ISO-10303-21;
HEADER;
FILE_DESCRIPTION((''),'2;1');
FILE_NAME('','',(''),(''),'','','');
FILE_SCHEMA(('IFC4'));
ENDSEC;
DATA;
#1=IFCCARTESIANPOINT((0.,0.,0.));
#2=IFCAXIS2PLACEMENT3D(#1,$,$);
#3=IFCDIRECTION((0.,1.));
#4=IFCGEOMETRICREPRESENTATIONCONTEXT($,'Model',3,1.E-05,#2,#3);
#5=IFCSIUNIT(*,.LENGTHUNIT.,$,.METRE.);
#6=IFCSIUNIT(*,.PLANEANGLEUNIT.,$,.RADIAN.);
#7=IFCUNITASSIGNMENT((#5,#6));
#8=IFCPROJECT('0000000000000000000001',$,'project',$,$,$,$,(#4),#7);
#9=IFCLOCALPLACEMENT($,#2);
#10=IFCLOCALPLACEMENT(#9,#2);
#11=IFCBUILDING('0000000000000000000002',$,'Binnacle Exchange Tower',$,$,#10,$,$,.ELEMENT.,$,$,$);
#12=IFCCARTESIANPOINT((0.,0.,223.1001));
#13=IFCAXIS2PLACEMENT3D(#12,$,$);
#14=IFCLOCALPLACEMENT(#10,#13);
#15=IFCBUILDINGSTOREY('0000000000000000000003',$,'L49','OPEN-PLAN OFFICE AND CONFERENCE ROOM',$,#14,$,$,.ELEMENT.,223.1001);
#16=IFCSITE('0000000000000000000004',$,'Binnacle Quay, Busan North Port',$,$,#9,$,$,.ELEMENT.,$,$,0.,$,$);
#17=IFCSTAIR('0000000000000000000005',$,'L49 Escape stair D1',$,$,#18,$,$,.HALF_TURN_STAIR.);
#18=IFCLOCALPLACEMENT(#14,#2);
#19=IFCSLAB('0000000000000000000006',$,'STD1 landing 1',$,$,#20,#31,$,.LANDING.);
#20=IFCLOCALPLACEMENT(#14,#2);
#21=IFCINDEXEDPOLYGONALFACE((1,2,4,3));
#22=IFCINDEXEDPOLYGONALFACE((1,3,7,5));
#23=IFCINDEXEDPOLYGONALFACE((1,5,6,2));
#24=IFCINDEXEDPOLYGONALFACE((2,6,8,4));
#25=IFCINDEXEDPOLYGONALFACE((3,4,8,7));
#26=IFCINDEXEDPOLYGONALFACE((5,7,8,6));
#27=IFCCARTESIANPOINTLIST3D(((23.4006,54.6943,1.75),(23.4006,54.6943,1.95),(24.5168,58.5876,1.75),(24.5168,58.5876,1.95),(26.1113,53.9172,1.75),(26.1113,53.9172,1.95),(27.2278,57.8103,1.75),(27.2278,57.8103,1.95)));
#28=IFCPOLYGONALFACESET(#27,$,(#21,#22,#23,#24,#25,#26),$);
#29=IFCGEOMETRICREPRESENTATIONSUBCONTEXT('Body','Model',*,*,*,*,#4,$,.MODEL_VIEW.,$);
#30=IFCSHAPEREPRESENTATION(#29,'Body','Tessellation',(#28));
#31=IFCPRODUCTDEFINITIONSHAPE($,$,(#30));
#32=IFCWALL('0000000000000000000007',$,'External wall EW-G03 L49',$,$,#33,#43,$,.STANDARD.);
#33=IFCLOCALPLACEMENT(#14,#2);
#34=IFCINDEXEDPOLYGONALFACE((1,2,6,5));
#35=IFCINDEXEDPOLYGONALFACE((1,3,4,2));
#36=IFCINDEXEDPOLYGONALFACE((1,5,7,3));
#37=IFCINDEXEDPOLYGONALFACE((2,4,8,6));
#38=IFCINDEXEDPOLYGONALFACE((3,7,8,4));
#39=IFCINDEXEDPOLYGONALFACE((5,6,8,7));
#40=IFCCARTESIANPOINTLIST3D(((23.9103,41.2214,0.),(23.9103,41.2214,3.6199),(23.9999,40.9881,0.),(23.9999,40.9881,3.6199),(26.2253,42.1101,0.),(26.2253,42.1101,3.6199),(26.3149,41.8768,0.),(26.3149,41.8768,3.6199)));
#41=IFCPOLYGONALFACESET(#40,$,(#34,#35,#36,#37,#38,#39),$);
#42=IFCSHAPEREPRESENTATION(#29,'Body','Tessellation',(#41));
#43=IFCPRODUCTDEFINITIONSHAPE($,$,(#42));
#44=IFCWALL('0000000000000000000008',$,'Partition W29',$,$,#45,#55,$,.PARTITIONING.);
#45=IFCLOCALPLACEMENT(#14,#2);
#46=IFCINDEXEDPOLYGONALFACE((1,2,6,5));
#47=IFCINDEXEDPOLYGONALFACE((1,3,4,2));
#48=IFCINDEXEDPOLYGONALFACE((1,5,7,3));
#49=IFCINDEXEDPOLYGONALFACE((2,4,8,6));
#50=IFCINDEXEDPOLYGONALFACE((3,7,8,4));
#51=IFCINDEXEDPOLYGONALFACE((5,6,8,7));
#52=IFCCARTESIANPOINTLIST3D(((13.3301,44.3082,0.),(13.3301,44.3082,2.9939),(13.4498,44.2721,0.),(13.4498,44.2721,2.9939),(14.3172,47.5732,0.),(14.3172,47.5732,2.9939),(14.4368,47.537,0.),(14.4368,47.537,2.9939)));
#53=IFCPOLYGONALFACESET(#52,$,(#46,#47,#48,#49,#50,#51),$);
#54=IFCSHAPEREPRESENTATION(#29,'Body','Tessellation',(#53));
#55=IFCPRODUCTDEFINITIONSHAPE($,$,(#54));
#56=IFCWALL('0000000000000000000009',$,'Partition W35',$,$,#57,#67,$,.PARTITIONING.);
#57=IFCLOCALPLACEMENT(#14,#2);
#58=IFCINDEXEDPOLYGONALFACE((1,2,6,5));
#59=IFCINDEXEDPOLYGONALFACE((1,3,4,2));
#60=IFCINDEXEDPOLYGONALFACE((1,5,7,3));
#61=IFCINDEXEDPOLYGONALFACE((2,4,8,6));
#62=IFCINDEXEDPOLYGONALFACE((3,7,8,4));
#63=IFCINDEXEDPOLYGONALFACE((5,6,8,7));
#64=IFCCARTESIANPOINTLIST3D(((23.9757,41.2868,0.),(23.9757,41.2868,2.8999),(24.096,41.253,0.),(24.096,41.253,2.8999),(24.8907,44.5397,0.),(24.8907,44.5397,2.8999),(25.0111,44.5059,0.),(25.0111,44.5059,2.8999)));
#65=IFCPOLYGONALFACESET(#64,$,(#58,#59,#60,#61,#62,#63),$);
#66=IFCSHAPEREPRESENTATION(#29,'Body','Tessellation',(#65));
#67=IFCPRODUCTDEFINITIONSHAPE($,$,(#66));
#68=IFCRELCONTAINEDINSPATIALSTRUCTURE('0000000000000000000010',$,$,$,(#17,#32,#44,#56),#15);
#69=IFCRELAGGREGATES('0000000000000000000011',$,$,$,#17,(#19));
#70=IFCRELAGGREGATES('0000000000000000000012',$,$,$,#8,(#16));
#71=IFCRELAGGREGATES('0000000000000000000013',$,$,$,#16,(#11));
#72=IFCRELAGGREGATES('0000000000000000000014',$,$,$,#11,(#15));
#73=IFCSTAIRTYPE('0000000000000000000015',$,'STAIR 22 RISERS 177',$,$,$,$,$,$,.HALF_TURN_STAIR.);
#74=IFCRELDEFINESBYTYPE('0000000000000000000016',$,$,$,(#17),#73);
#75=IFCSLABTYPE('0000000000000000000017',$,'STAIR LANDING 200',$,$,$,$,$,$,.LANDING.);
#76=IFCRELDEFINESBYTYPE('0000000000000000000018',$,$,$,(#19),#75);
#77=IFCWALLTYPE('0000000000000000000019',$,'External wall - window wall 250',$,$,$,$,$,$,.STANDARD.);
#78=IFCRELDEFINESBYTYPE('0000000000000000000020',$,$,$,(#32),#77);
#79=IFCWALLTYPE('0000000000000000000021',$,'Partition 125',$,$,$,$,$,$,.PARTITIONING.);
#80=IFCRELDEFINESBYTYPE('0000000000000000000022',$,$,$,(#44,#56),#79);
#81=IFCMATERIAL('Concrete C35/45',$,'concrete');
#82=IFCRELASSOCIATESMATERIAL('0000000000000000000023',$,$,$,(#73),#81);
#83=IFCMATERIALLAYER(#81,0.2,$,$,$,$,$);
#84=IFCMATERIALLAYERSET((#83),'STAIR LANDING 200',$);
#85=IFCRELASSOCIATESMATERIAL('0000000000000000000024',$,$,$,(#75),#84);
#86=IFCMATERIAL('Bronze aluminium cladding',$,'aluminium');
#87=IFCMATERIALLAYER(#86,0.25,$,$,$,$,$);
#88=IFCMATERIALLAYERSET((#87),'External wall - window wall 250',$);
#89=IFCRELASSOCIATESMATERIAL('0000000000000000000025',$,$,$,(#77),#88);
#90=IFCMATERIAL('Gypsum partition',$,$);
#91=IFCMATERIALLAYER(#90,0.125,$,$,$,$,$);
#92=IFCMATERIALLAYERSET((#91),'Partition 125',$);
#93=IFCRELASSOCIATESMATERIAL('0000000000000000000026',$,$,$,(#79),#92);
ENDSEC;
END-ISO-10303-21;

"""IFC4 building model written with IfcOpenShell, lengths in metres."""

from ifc_helpers import new_model, si_unit, direction, frame, frame_2d, origin, place, context, subcontext, project, spatial, polyline, rectangle, outline, extrude, material, layer, layer_set, type_object, element, aggregate, save


model = new_model("IFC4")

# Units and contexts
model_context = context("Model", 3, precision=1e-05, world=origin(), true_north=direction((0.0, 1.0)))
body_context = subcontext(model_context, "Body", "Model", "MODEL_VIEW")
ifc_project = project(units=[si_unit("LENGTHUNIT", "METRE"), si_unit("PLANEANGLEUNIT", "RADIAN")], contexts=[model_context])

# Site, building, storey
site_placement = place(None, origin())
site = spatial("IfcSite", under=ifc_project, at=site_placement, Name="Binnacle Quay, Busan North Port", CompositionType="ELEMENT", RefElevation=0.0)
building_placement = place(site_placement, origin())
building = spatial("IfcBuilding", under=site, at=building_placement, Name="Binnacle Exchange Tower", CompositionType="ELEMENT")
storey_placement = place(building_placement, frame((0.0, 0.0, 223.1001)))
storey = spatial("IfcBuildingStorey", under=building, at=storey_placement, Name="L49", Description="OPEN-PLAN OFFICE AND CONFERENCE ROOM", CompositionType="ELEMENT", Elevation=223.1001)

# Stair, slab
ifc_material_1 = material(Name="Concrete C35/45", Category="concrete")
stair_type = type_object("IfcStairType", Name="STAIR 22 RISERS 177", PredefinedType="HALF_TURN_STAIR", material=ifc_material_1)
ifc_layer_1 = layer(ifc_material_1, 0.2)
ifc_layer_set_1 = layer_set([ifc_layer_1], Name="STAIR LANDING 200")
slab_type = type_object("IfcSlabType", Name="STAIR LANDING 200", PredefinedType="LANDING", material=ifc_layer_set_1)
stair_1_placement = place(storey_placement, origin())
stair_1 = element("IfcStair", 1, at=stair_1_placement, inside=storey, type_object=stair_type, Name="L49 Escape stair D1", PredefinedType="HALF_TURN_STAIR")
slab_1_placement = place(storey_placement, frame((0.0, 0.0, 1.75)))
slab_1 = element("IfcSlab", 2, at=slab_1_placement, type_object=slab_type, Name="STD1 landing 1", PredefinedType="LANDING", context=body_context, shape_type="SweptSolid", body=[
    extrude(outline(polyline([(23.4006, 54.6943), (26.1113, 53.9172), (27.2278, 57.8103), (24.5168, 58.5876), (23.4006, 54.6943)])), origin(), (0.0, 0.0, 1.0), 0.2),
])
aggregate(stair_1, [slab_1])

# Shared definitions
ifc_material_2 = material(Name="Bronze aluminium cladding", Category="aluminium")
ifc_layer_2 = layer(ifc_material_2, 0.25)
ifc_layer_set_2 = layer_set([ifc_layer_2], Name="External wall - window wall 250")
wall_type_1 = type_object("IfcWallType", Name="External wall - window wall 250", PredefinedType="STANDARD", material=ifc_layer_set_2)

# Walls
wall_1_placement = place(storey_placement, frame((26.27, 41.9934, 0.0), z_axis=(0.0, 0.0, 1.0), x_axis=(-0.933574, -0.358385, 0.0)))
element("IfcWall", 3, at=wall_1_placement, inside=storey, type_object=wall_type_1, Name="External wall EW-G03 L49", PredefinedType="STANDARD", context=body_context, shape_type="SweptSolid", body=[
    extrude(rectangle(XDim=2.4797, YDim=0.25, at=frame_2d((1.2397, 0.0))), origin(), (0.0, 0.0, 1.0), 3.6199),
])
ifc_material_3 = material(Name="Gypsum partition")
ifc_layer_3 = layer(ifc_material_3, 0.125)
ifc_layer_set_3 = layer_set([ifc_layer_3], Name="Partition 125")
wall_type_2 = type_object("IfcWallType", Name="Partition 125", PredefinedType="PARTITIONING", material=ifc_layer_set_3)
wall_2_placement = place(storey_placement, frame((13.3899, 44.29, 0.0), z_axis=(0.0, 0.0, 1.0), x_axis=(0.28939, 0.957211, 0.0)))
element("IfcWall", 4, at=wall_2_placement, inside=storey, type_object=wall_type_2, Name="Partition W29", PredefinedType="PARTITIONING", context=body_context, shape_type="SweptSolid", body=[
    extrude(rectangle(XDim=3.4109, YDim=0.125, at=frame_2d((1.7056, 0.0))), origin(), (0.0, 0.0, 1.0), 2.9939),
])
wall_3_placement = place(storey_placement, frame((24.0359, 41.27, 0.0), z_axis=(0.0, 0.0, 1.0), x_axis=(0.270787, 0.962639, 0.0)))
element("IfcWall", 5, at=wall_3_placement, inside=storey, type_object=wall_type_2, Name="Partition W35", PredefinedType="PARTITIONING", context=body_context, shape_type="SweptSolid", body=[
    extrude(rectangle(XDim=3.3792, YDim=0.125, at=frame_2d((1.6895, 0.0))), origin(), (0.0, 0.0, 1.0), 2.8999),
])

save(model, "model.ifc")
